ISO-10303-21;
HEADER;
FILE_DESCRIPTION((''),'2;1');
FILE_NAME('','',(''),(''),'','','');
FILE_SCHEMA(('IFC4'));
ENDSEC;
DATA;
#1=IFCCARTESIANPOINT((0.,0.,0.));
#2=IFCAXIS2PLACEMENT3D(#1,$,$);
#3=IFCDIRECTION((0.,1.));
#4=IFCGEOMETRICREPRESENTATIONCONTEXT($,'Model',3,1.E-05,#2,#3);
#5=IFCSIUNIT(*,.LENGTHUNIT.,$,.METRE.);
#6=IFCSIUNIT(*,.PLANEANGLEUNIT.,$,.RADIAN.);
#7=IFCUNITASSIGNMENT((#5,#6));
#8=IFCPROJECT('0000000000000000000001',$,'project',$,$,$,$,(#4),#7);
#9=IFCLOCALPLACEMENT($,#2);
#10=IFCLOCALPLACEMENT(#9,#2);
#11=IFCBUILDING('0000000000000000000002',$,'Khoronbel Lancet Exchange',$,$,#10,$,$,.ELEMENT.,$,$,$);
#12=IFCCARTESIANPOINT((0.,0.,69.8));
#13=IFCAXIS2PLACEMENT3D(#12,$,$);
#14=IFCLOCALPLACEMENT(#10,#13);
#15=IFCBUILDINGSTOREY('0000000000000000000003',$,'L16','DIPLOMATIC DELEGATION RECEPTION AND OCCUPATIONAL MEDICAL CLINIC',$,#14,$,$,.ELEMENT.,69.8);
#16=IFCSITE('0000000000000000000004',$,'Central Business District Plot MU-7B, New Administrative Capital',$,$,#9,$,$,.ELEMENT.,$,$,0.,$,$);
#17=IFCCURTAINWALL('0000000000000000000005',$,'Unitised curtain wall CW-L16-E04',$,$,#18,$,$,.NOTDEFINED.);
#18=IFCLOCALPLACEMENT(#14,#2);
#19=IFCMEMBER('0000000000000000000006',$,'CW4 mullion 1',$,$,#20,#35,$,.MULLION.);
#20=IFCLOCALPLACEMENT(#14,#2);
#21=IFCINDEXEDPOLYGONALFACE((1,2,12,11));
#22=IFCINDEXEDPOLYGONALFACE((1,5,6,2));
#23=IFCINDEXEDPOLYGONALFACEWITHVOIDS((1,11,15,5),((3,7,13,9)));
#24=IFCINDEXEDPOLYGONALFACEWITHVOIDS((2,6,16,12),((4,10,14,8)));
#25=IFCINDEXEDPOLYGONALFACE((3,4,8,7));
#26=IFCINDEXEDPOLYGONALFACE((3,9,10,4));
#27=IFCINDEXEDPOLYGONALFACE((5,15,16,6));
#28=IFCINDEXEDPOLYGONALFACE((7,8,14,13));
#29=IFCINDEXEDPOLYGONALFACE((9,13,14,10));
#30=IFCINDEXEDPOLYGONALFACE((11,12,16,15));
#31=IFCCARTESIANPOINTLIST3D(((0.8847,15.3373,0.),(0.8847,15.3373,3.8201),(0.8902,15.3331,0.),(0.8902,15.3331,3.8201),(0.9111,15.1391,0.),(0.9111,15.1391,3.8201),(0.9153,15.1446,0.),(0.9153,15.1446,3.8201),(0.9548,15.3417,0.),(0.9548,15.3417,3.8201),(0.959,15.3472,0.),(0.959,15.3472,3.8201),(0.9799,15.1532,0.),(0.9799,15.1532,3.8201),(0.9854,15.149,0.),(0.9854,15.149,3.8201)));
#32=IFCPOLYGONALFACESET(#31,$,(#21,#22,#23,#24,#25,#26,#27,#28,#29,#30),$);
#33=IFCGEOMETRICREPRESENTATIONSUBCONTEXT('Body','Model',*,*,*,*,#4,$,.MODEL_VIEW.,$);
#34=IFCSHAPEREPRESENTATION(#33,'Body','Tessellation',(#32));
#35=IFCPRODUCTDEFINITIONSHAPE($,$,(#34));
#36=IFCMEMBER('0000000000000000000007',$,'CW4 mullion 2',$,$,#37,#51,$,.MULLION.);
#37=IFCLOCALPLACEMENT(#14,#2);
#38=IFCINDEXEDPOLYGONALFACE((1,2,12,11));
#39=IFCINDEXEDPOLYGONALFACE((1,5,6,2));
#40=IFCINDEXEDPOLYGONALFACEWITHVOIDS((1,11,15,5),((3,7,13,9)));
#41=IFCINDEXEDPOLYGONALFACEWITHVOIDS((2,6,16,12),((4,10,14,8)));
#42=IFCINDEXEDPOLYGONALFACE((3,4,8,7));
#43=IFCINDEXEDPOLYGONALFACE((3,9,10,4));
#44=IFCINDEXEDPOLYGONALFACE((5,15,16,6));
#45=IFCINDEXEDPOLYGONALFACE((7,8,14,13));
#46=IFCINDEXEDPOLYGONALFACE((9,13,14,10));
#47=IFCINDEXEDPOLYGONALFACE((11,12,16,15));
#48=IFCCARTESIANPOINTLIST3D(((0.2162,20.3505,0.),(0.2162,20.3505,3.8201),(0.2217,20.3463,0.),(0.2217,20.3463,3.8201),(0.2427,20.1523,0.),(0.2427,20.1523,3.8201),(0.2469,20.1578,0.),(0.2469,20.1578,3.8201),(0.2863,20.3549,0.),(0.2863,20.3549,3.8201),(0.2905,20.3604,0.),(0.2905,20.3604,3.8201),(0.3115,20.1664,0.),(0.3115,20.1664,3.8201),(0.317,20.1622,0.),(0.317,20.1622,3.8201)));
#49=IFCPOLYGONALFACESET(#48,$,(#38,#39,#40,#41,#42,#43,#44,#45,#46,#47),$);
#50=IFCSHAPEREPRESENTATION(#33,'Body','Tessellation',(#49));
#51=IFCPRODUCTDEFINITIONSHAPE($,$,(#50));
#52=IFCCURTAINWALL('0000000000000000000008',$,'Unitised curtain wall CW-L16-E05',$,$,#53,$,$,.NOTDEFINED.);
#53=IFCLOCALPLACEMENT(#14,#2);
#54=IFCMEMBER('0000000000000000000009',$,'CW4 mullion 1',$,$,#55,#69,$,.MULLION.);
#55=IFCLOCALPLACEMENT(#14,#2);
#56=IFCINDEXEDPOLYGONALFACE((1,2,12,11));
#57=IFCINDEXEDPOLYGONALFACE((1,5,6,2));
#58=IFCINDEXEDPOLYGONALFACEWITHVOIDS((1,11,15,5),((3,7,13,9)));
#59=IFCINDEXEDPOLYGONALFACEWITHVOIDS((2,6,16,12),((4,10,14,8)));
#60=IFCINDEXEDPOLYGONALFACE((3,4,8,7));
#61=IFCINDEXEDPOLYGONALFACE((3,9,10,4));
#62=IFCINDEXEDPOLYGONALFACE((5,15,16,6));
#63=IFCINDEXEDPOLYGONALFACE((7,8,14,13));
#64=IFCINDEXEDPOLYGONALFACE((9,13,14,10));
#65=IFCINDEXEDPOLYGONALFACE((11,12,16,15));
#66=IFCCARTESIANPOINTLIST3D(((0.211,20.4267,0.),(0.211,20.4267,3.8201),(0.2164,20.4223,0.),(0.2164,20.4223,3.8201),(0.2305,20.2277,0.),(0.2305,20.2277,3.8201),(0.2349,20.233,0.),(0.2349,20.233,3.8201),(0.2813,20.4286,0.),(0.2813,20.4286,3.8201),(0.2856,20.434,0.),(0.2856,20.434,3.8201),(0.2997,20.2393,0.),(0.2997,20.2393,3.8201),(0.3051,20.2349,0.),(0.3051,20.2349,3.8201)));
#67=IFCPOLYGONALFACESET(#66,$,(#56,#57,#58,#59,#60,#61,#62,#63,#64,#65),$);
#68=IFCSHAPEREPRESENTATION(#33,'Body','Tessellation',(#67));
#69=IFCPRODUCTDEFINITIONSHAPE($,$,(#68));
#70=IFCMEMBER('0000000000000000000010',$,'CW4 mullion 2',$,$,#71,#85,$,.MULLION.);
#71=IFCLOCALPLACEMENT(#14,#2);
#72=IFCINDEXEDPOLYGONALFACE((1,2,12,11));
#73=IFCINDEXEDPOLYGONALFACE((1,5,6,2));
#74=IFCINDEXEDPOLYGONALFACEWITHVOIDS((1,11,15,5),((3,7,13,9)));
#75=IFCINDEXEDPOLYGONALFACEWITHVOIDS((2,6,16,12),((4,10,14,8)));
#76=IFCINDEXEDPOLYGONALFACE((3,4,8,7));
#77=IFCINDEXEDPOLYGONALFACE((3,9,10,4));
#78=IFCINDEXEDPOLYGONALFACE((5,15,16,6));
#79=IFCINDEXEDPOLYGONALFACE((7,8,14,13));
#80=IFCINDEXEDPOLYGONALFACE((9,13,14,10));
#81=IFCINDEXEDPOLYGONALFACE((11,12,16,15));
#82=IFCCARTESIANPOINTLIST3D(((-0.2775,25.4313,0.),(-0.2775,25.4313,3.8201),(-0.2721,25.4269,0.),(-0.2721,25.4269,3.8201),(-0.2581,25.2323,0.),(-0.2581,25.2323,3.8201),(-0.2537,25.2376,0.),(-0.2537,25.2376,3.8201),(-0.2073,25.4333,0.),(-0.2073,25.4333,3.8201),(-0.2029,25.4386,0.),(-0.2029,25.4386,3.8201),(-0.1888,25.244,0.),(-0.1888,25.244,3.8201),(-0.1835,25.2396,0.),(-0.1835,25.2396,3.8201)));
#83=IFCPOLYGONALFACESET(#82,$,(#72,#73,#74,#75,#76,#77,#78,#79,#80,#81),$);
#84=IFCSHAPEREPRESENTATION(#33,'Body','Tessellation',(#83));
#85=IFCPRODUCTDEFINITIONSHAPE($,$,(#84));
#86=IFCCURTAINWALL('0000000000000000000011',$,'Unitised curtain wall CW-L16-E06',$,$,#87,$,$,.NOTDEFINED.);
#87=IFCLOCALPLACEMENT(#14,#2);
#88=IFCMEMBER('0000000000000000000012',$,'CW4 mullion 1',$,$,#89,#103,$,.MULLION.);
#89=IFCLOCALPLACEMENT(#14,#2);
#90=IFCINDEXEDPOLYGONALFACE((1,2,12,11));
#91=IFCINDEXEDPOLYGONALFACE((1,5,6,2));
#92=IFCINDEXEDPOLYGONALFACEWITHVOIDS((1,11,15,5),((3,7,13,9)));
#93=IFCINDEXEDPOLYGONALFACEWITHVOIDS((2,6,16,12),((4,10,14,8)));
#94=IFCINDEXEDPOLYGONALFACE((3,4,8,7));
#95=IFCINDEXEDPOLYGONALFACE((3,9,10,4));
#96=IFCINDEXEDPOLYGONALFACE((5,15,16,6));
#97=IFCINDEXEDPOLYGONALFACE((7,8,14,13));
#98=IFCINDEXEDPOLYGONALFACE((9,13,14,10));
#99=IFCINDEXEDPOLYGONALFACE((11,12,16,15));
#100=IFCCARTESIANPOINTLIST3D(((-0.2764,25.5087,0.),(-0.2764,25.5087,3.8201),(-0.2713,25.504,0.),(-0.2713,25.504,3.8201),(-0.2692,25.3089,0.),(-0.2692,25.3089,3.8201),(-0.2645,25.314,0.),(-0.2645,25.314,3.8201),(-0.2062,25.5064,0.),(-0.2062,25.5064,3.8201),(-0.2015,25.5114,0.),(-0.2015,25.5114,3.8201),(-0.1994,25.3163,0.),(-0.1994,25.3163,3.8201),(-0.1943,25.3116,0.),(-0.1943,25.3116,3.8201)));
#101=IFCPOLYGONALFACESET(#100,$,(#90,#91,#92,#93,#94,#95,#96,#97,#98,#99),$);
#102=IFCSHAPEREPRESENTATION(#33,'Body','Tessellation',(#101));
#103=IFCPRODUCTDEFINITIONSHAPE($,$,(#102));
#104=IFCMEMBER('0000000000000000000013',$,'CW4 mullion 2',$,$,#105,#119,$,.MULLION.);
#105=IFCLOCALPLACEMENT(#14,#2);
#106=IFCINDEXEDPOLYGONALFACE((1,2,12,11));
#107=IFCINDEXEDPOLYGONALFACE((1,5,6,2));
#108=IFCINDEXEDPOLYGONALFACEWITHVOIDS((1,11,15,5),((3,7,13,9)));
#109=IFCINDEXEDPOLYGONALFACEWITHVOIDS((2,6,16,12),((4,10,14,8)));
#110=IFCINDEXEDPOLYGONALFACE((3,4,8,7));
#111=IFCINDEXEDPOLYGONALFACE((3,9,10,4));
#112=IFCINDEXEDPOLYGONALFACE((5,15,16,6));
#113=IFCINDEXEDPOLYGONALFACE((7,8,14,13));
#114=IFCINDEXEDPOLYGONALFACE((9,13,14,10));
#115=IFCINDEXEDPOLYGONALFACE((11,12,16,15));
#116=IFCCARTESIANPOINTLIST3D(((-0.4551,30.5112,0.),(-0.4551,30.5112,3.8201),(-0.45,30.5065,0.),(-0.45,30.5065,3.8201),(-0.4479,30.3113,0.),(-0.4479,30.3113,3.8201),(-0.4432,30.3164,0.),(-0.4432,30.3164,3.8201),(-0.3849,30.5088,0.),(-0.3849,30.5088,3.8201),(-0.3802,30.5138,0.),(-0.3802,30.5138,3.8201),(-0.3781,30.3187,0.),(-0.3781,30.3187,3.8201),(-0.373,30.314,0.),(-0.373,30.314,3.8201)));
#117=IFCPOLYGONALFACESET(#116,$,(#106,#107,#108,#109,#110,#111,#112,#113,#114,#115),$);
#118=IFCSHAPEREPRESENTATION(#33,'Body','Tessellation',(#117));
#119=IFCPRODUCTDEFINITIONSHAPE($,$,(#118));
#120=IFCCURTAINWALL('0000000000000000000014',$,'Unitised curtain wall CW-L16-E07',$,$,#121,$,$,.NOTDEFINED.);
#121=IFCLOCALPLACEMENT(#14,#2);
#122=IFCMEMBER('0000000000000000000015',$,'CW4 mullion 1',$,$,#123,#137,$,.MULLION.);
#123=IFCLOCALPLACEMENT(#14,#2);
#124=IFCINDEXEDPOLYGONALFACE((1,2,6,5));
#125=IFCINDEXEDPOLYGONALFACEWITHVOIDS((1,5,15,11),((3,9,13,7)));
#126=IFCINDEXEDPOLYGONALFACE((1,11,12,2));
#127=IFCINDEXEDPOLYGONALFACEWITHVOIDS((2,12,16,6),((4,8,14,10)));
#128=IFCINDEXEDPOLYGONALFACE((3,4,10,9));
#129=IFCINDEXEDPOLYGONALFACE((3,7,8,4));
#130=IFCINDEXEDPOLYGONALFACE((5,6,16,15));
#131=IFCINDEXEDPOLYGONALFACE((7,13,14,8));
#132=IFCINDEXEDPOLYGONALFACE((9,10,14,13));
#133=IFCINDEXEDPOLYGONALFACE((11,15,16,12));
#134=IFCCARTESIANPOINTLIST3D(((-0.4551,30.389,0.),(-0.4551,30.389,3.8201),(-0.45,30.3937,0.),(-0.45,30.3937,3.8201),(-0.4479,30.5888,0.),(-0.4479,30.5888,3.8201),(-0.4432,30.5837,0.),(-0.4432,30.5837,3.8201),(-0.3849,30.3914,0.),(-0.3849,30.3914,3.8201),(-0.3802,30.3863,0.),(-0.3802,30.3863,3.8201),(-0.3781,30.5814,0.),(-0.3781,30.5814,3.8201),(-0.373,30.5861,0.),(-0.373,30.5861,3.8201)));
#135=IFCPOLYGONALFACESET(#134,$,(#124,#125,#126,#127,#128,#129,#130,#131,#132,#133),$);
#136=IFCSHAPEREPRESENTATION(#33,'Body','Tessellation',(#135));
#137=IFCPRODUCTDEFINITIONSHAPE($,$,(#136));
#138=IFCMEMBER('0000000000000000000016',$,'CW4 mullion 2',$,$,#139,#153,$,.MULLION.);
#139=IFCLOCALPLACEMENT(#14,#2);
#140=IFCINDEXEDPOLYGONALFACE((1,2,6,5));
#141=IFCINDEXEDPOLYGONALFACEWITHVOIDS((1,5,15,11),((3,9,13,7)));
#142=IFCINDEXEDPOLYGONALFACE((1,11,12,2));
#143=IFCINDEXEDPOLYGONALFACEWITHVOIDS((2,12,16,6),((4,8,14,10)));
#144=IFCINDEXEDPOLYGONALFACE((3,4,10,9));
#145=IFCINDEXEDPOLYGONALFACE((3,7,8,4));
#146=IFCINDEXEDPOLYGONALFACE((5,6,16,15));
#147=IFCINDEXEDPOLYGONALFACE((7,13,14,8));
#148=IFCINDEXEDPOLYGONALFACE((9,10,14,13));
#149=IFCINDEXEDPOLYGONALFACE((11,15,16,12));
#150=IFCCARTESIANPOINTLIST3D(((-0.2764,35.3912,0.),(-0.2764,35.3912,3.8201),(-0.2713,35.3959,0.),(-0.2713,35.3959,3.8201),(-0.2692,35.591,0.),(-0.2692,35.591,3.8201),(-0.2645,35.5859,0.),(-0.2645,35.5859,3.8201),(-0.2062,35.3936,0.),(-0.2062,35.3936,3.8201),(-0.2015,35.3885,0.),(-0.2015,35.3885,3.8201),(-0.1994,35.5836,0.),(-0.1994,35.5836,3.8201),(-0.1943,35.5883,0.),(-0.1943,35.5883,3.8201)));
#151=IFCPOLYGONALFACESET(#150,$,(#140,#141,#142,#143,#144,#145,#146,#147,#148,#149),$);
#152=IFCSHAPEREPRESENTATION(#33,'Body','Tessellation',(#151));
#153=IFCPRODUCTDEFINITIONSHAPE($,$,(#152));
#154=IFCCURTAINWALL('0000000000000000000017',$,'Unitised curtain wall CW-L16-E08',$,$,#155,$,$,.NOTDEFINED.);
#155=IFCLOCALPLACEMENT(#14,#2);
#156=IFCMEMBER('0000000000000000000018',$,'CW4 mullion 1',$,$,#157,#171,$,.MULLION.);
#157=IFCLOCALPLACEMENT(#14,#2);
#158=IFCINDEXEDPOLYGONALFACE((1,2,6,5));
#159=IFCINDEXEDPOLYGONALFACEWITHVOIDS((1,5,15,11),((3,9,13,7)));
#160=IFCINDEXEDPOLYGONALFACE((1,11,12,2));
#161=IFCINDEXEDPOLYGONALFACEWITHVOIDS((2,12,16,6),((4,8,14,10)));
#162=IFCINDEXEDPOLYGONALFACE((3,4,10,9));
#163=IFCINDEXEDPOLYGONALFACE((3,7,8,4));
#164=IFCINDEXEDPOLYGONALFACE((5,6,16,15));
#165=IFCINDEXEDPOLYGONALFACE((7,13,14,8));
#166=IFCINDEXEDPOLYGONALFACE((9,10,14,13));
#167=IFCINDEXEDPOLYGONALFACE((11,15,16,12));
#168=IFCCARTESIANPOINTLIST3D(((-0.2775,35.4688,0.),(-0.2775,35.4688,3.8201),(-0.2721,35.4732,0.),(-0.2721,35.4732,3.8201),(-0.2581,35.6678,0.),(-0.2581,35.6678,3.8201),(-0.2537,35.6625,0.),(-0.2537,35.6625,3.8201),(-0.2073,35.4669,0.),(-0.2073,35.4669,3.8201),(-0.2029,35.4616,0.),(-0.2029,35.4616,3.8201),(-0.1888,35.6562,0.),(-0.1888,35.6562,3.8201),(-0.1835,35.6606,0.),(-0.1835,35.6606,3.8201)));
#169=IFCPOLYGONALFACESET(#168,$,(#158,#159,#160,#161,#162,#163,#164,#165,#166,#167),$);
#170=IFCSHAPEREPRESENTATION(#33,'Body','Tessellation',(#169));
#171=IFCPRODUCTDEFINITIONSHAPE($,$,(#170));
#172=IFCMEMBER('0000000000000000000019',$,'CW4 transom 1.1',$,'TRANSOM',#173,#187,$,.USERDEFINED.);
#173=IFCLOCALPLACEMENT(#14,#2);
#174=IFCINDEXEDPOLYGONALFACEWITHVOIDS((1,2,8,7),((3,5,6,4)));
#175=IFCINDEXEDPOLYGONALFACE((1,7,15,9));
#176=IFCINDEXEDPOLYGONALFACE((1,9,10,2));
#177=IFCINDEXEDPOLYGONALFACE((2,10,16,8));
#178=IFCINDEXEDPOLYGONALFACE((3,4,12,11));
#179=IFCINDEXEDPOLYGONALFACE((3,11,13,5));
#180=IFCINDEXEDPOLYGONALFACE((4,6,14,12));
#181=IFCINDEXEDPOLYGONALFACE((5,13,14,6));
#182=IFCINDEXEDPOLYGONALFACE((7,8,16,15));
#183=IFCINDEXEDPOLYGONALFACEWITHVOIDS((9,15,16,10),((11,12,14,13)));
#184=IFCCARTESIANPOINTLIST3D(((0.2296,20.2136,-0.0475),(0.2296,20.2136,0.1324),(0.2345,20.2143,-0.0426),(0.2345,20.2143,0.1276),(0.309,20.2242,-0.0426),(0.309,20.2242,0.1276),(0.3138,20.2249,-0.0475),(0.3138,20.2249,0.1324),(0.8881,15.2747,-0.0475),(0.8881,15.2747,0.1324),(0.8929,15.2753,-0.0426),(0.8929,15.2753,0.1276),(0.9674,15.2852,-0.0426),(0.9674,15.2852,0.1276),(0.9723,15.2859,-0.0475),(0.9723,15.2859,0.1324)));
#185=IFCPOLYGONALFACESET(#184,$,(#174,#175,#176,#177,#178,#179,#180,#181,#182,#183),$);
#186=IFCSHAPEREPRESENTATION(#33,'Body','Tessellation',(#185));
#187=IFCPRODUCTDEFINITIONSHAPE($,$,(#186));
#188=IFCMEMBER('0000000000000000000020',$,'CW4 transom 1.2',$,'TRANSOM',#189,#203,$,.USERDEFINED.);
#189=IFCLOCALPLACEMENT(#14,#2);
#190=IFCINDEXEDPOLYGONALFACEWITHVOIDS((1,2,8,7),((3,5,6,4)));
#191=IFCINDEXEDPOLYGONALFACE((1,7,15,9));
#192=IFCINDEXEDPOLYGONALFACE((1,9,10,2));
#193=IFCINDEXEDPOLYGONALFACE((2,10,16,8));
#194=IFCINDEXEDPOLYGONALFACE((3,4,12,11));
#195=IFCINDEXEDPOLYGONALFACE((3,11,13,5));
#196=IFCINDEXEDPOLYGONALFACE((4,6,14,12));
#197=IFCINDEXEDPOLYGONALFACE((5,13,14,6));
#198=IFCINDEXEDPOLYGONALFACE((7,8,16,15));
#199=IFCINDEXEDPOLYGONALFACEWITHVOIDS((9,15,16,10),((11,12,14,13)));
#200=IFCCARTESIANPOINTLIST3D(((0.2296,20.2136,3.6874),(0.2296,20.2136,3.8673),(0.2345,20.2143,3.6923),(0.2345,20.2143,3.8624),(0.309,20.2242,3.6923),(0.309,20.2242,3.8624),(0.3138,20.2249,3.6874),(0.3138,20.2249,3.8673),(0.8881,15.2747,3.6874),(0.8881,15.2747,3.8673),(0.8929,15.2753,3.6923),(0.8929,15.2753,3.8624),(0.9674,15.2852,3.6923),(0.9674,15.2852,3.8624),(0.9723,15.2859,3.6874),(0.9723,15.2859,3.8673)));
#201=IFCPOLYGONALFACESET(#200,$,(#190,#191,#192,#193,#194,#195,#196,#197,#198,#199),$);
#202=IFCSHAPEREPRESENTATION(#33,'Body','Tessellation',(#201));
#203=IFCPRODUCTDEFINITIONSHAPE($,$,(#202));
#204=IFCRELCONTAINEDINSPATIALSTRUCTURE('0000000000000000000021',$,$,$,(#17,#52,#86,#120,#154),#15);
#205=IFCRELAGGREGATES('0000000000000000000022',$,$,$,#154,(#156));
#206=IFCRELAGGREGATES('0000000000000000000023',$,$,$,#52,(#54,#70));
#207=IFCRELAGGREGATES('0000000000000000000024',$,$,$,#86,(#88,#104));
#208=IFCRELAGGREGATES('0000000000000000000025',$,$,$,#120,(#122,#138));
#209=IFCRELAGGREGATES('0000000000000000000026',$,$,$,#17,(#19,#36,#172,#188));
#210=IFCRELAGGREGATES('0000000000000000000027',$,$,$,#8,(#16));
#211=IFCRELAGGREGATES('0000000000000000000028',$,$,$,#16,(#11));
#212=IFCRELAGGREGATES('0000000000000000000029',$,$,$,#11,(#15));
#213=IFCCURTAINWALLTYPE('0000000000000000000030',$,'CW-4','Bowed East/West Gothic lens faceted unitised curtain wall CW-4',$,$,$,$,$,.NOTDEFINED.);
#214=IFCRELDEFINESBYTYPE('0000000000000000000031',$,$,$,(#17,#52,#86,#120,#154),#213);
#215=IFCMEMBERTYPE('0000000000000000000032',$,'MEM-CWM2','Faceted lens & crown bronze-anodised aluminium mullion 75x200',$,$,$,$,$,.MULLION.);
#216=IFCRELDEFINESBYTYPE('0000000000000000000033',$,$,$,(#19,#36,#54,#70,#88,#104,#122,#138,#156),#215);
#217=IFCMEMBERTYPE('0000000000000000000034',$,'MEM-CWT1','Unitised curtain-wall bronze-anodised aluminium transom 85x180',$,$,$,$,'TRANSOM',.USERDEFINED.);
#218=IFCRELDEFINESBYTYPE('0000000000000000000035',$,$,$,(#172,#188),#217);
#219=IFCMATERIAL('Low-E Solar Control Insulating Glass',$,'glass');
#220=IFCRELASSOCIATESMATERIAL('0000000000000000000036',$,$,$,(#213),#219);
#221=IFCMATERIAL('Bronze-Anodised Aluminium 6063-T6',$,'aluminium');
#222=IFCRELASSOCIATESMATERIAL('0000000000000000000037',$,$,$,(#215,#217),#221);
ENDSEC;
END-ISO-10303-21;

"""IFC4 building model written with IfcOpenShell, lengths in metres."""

from ifc_helpers import new_model, si_unit, direction, frame, origin, origin_2d, place, context, subcontext, project, spatial, hollow_rectangle, extrude, material, material_profile, profile_set, type_object, element, aggregate, save


model = new_model("IFC4")

# Units and contexts
model_context = context("Model", 3, precision=1e-05, world=origin(), true_north=direction((0.0, 1.0)))
body_context = subcontext(model_context, "Body", "Model", "MODEL_VIEW")
ifc_project = project(units=[si_unit("LENGTHUNIT", "METRE"), si_unit("PLANEANGLEUNIT", "RADIAN")], contexts=[model_context])

# Site, building, storey
site_placement = place(None, origin())
site = spatial("IfcSite", under=ifc_project, at=site_placement, Name="Central Business District Plot MU-7B, New Administrative Capital", CompositionType="ELEMENT", RefElevation=0.0)
building_placement = place(site_placement, origin())
building = spatial("IfcBuilding", under=site, at=building_placement, Name="Khoronbel Lancet Exchange", CompositionType="ELEMENT")
storey_placement = place(building_placement, frame((0.0, 0.0, 69.8)))
storey = spatial("IfcBuildingStorey", under=building, at=storey_placement, Name="L16", Description="DIPLOMATIC DELEGATION RECEPTION AND OCCUPATIONAL MEDICAL CLINIC", CompositionType="ELEMENT", Elevation=69.8)

# Curtain walls, members
ifc_material_1 = material(Name="Low-E Solar Control Insulating Glass", Category="glass")
curtain_wall_type = type_object("IfcCurtainWallType", Name="CW-4", Description="Bowed East/West Gothic lens faceted unitised curtain wall CW-4", PredefinedType="NOTDEFINED", material=ifc_material_1)
curtain_wall_1_placement = place(storey_placement, origin())
curtain_wall_1 = element("IfcCurtainWall", 1, at=curtain_wall_1_placement, inside=storey, type_object=curtain_wall_type, Name="Unitised curtain wall CW-L16-E04", PredefinedType="NOTDEFINED")
ifc_material_2 = material(Name="Bronze-Anodised Aluminium 6063-T6", Category="aluminium")
ifc_material_profile_1 = material_profile(ifc_material_2, hollow_rectangle(XDim=0.075, YDim=0.2, WallThickness=0.0049, at=origin_2d()), Name="ALU MULLION 75x200")
ifc_profile_set_1 = profile_set([ifc_material_profile_1], Name="Bronze-Anodised Aluminium 6063-T6")
member_type_1 = type_object("IfcMemberType", Name="MEM-CWM2", Description="Faceted lens & crown bronze-anodised aluminium mullion 75x200", PredefinedType="MULLION", material=ifc_profile_set_1)
member_1_placement = place(storey_placement, frame((0.9351, 15.2432, 0.0), z_axis=(0.0, 0.0, 1.0), x_axis=(-0.991229, -0.132155, 0.0)))
member_1 = element("IfcMember", 2, at=member_1_placement, type_object=member_type_1, Name="CW4 mullion 1", PredefinedType="MULLION", context=body_context, shape_type="SweptSolid", body=[
    extrude(hollow_rectangle(XDim=0.075, YDim=0.2, WallThickness=0.0049, at=origin_2d()), origin(), (0.0, 0.0, 1.0), 3.8201),
])
member_2_placement = place(storey_placement, frame((0.2666, 20.2563, 0.0), z_axis=(0.0, 0.0, 1.0), x_axis=(-0.991229, -0.132155, 0.0)))
member_2 = element("IfcMember", 3, at=member_2_placement, type_object=member_type_1, Name="CW4 mullion 2", PredefinedType="MULLION", context=body_context, shape_type="SweptSolid", body=[
    extrude(hollow_rectangle(XDim=0.075, YDim=0.2, WallThickness=0.0049, at=origin_2d()), origin(), (0.0, 0.0, 1.0), 3.8201),
])
curtain_wall_2_placement = place(storey_placement, origin())
curtain_wall_2 = element("IfcCurtainWall", 4, at=curtain_wall_2_placement, inside=storey, type_object=curtain_wall_type, Name="Unitised curtain wall CW-L16-E05", PredefinedType="NOTDEFINED")
member_3_placement = place(storey_placement, frame((0.2581, 20.3308, 0.0), z_axis=(0.0, 0.0, 1.0), x_axis=(-0.995271, -0.097135, 0.0)))
member_3 = element("IfcMember", 5, at=member_3_placement, type_object=member_type_1, Name="CW4 mullion 1", PredefinedType="MULLION", context=body_context, shape_type="SweptSolid", body=[
    extrude(hollow_rectangle(XDim=0.075, YDim=0.2, WallThickness=0.0049, at=origin_2d()), origin(), (0.0, 0.0, 1.0), 3.8201),
])
member_4_placement = place(storey_placement, frame((-0.2305, 25.3354, 0.0), z_axis=(0.0, 0.0, 1.0), x_axis=(-0.995271, -0.097135, 0.0)))
member_4 = element("IfcMember", 6, at=member_4_placement, type_object=member_type_1, Name="CW4 mullion 2", PredefinedType="MULLION", context=body_context, shape_type="SweptSolid", body=[
    extrude(hollow_rectangle(XDim=0.075, YDim=0.2, WallThickness=0.0049, at=origin_2d()), origin(), (0.0, 0.0, 1.0), 3.8201),
])
curtain_wall_3_placement = place(storey_placement, origin())
curtain_wall_3 = element("IfcCurtainWall", 7, at=curtain_wall_3_placement, inside=storey, type_object=curtain_wall_type, Name="Unitised curtain wall CW-L16-E06", PredefinedType="NOTDEFINED")
member_5_placement = place(storey_placement, frame((-0.2354, 25.4102, 0.0), z_axis=(0.0, 0.0, 1.0), x_axis=(-0.999363, -0.035685, 0.0)))
member_5 = element("IfcMember", 8, at=member_5_placement, type_object=member_type_1, Name="CW4 mullion 1", PredefinedType="MULLION", context=body_context, shape_type="SweptSolid", body=[
    extrude(hollow_rectangle(XDim=0.075, YDim=0.2, WallThickness=0.0049, at=origin_2d()), origin(), (0.0, 0.0, 1.0), 3.8201),
])
member_6_placement = place(storey_placement, frame((-0.4141, 30.4126, 0.0), z_axis=(0.0, 0.0, 1.0), x_axis=(-0.999363, -0.035685, 0.0)))
member_6 = element("IfcMember", 9, at=member_6_placement, type_object=member_type_1, Name="CW4 mullion 2", PredefinedType="MULLION", context=body_context, shape_type="SweptSolid", body=[
    extrude(hollow_rectangle(XDim=0.075, YDim=0.2, WallThickness=0.0049, at=origin_2d()), origin(), (0.0, 0.0, 1.0), 3.8201),
])
curtain_wall_4_placement = place(storey_placement, origin())
curtain_wall_4 = element("IfcCurtainWall", 10, at=curtain_wall_4_placement, inside=storey, type_object=curtain_wall_type, Name="Unitised curtain wall CW-L16-E07", PredefinedType="NOTDEFINED")
member_7_placement = place(storey_placement, frame((-0.4141, 30.4875, 0.0), z_axis=(0.0, 0.0, 1.0), x_axis=(-0.999363, 0.035685, 0.0)))
member_7 = element("IfcMember", 11, at=member_7_placement, type_object=member_type_1, Name="CW4 mullion 1", PredefinedType="MULLION", context=body_context, shape_type="SweptSolid", body=[
    extrude(hollow_rectangle(XDim=0.075, YDim=0.2, WallThickness=0.0049, at=origin_2d()), origin(), (0.0, 0.0, 1.0), 3.8201),
])
member_8_placement = place(storey_placement, frame((-0.2354, 35.4897, 0.0), z_axis=(0.0, 0.0, 1.0), x_axis=(-0.999363, 0.035685, 0.0)))
member_8 = element("IfcMember", 12, at=member_8_placement, type_object=member_type_1, Name="CW4 mullion 2", PredefinedType="MULLION", context=body_context, shape_type="SweptSolid", body=[
    extrude(hollow_rectangle(XDim=0.075, YDim=0.2, WallThickness=0.0049, at=origin_2d()), origin(), (0.0, 0.0, 1.0), 3.8201),
])

# Curtain wall, member
curtain_wall_5_placement = place(storey_placement, origin())
curtain_wall_5 = element("IfcCurtainWall", 13, at=curtain_wall_5_placement, inside=storey, type_object=curtain_wall_type, Name="Unitised curtain wall CW-L16-E08", PredefinedType="NOTDEFINED")
member_9_placement = place(storey_placement, frame((-0.2305, 35.5647, 0.0), z_axis=(0.0, 0.0, 1.0), x_axis=(-0.995271, 0.097135, 0.0)))
member_9 = element("IfcMember", 14, at=member_9_placement, type_object=member_type_1, Name="CW4 mullion 1", PredefinedType="MULLION", context=body_context, shape_type="SweptSolid", body=[
    extrude(hollow_rectangle(XDim=0.075, YDim=0.2, WallThickness=0.0049, at=origin_2d()), origin(), (0.0, 0.0, 1.0), 3.8201),
])

# Members
ifc_material_profile_2 = material_profile(ifc_material_2, hollow_rectangle(XDim=0.085, YDim=0.1799, WallThickness=0.0049, at=origin_2d()), Name="ALU TRANSOM 85x180")
ifc_profile_set_2 = profile_set([ifc_material_profile_2], Name="Bronze-Anodised Aluminium 6063-T6")
member_type_2 = type_object("IfcMemberType", Name="MEM-CWT1", Description="Unitised curtain-wall bronze-anodised aluminium transom 85x180", ElementType="TRANSOM", PredefinedType="USERDEFINED", material=ifc_profile_set_2)
member_10_placement = place(storey_placement, frame((0.9302, 15.2803, 0.0425), z_axis=(-0.132148, 0.99123, 0.0), x_axis=(-0.99123, -0.132148, 0.0)))
member_10 = element("IfcMember", 15, at=member_10_placement, type_object=member_type_2, Name="CW4 transom 1.1", ObjectType="TRANSOM", PredefinedType="USERDEFINED", context=body_context, shape_type="SweptSolid", body=[
    extrude(hollow_rectangle(XDim=0.085, YDim=0.1799, WallThickness=0.0049, at=origin_2d()), origin(), (0.0, 0.0, 1.0), 4.9827),
])
member_11_placement = place(storey_placement, frame((0.9302, 15.2803, 3.7773), z_axis=(-0.132148, 0.99123, 0.0), x_axis=(-0.99123, -0.132148, 0.0)))
member_11 = element("IfcMember", 16, at=member_11_placement, type_object=member_type_2, Name="CW4 transom 1.2", ObjectType="TRANSOM", PredefinedType="USERDEFINED", context=body_context, shape_type="SweptSolid", body=[
    extrude(hollow_rectangle(XDim=0.085, YDim=0.1799, WallThickness=0.0049, at=origin_2d()), origin(), (0.0, 0.0, 1.0), 4.9827),
])
aggregate(curtain_wall_5, [member_9])

aggregate(curtain_wall_2, [member_3, member_4])
aggregate(curtain_wall_3, [member_5, member_6])
aggregate(curtain_wall_4, [member_7, member_8])
aggregate(curtain_wall_1, [member_1, member_2, member_10, member_11])

save(model, "model.ifc")
